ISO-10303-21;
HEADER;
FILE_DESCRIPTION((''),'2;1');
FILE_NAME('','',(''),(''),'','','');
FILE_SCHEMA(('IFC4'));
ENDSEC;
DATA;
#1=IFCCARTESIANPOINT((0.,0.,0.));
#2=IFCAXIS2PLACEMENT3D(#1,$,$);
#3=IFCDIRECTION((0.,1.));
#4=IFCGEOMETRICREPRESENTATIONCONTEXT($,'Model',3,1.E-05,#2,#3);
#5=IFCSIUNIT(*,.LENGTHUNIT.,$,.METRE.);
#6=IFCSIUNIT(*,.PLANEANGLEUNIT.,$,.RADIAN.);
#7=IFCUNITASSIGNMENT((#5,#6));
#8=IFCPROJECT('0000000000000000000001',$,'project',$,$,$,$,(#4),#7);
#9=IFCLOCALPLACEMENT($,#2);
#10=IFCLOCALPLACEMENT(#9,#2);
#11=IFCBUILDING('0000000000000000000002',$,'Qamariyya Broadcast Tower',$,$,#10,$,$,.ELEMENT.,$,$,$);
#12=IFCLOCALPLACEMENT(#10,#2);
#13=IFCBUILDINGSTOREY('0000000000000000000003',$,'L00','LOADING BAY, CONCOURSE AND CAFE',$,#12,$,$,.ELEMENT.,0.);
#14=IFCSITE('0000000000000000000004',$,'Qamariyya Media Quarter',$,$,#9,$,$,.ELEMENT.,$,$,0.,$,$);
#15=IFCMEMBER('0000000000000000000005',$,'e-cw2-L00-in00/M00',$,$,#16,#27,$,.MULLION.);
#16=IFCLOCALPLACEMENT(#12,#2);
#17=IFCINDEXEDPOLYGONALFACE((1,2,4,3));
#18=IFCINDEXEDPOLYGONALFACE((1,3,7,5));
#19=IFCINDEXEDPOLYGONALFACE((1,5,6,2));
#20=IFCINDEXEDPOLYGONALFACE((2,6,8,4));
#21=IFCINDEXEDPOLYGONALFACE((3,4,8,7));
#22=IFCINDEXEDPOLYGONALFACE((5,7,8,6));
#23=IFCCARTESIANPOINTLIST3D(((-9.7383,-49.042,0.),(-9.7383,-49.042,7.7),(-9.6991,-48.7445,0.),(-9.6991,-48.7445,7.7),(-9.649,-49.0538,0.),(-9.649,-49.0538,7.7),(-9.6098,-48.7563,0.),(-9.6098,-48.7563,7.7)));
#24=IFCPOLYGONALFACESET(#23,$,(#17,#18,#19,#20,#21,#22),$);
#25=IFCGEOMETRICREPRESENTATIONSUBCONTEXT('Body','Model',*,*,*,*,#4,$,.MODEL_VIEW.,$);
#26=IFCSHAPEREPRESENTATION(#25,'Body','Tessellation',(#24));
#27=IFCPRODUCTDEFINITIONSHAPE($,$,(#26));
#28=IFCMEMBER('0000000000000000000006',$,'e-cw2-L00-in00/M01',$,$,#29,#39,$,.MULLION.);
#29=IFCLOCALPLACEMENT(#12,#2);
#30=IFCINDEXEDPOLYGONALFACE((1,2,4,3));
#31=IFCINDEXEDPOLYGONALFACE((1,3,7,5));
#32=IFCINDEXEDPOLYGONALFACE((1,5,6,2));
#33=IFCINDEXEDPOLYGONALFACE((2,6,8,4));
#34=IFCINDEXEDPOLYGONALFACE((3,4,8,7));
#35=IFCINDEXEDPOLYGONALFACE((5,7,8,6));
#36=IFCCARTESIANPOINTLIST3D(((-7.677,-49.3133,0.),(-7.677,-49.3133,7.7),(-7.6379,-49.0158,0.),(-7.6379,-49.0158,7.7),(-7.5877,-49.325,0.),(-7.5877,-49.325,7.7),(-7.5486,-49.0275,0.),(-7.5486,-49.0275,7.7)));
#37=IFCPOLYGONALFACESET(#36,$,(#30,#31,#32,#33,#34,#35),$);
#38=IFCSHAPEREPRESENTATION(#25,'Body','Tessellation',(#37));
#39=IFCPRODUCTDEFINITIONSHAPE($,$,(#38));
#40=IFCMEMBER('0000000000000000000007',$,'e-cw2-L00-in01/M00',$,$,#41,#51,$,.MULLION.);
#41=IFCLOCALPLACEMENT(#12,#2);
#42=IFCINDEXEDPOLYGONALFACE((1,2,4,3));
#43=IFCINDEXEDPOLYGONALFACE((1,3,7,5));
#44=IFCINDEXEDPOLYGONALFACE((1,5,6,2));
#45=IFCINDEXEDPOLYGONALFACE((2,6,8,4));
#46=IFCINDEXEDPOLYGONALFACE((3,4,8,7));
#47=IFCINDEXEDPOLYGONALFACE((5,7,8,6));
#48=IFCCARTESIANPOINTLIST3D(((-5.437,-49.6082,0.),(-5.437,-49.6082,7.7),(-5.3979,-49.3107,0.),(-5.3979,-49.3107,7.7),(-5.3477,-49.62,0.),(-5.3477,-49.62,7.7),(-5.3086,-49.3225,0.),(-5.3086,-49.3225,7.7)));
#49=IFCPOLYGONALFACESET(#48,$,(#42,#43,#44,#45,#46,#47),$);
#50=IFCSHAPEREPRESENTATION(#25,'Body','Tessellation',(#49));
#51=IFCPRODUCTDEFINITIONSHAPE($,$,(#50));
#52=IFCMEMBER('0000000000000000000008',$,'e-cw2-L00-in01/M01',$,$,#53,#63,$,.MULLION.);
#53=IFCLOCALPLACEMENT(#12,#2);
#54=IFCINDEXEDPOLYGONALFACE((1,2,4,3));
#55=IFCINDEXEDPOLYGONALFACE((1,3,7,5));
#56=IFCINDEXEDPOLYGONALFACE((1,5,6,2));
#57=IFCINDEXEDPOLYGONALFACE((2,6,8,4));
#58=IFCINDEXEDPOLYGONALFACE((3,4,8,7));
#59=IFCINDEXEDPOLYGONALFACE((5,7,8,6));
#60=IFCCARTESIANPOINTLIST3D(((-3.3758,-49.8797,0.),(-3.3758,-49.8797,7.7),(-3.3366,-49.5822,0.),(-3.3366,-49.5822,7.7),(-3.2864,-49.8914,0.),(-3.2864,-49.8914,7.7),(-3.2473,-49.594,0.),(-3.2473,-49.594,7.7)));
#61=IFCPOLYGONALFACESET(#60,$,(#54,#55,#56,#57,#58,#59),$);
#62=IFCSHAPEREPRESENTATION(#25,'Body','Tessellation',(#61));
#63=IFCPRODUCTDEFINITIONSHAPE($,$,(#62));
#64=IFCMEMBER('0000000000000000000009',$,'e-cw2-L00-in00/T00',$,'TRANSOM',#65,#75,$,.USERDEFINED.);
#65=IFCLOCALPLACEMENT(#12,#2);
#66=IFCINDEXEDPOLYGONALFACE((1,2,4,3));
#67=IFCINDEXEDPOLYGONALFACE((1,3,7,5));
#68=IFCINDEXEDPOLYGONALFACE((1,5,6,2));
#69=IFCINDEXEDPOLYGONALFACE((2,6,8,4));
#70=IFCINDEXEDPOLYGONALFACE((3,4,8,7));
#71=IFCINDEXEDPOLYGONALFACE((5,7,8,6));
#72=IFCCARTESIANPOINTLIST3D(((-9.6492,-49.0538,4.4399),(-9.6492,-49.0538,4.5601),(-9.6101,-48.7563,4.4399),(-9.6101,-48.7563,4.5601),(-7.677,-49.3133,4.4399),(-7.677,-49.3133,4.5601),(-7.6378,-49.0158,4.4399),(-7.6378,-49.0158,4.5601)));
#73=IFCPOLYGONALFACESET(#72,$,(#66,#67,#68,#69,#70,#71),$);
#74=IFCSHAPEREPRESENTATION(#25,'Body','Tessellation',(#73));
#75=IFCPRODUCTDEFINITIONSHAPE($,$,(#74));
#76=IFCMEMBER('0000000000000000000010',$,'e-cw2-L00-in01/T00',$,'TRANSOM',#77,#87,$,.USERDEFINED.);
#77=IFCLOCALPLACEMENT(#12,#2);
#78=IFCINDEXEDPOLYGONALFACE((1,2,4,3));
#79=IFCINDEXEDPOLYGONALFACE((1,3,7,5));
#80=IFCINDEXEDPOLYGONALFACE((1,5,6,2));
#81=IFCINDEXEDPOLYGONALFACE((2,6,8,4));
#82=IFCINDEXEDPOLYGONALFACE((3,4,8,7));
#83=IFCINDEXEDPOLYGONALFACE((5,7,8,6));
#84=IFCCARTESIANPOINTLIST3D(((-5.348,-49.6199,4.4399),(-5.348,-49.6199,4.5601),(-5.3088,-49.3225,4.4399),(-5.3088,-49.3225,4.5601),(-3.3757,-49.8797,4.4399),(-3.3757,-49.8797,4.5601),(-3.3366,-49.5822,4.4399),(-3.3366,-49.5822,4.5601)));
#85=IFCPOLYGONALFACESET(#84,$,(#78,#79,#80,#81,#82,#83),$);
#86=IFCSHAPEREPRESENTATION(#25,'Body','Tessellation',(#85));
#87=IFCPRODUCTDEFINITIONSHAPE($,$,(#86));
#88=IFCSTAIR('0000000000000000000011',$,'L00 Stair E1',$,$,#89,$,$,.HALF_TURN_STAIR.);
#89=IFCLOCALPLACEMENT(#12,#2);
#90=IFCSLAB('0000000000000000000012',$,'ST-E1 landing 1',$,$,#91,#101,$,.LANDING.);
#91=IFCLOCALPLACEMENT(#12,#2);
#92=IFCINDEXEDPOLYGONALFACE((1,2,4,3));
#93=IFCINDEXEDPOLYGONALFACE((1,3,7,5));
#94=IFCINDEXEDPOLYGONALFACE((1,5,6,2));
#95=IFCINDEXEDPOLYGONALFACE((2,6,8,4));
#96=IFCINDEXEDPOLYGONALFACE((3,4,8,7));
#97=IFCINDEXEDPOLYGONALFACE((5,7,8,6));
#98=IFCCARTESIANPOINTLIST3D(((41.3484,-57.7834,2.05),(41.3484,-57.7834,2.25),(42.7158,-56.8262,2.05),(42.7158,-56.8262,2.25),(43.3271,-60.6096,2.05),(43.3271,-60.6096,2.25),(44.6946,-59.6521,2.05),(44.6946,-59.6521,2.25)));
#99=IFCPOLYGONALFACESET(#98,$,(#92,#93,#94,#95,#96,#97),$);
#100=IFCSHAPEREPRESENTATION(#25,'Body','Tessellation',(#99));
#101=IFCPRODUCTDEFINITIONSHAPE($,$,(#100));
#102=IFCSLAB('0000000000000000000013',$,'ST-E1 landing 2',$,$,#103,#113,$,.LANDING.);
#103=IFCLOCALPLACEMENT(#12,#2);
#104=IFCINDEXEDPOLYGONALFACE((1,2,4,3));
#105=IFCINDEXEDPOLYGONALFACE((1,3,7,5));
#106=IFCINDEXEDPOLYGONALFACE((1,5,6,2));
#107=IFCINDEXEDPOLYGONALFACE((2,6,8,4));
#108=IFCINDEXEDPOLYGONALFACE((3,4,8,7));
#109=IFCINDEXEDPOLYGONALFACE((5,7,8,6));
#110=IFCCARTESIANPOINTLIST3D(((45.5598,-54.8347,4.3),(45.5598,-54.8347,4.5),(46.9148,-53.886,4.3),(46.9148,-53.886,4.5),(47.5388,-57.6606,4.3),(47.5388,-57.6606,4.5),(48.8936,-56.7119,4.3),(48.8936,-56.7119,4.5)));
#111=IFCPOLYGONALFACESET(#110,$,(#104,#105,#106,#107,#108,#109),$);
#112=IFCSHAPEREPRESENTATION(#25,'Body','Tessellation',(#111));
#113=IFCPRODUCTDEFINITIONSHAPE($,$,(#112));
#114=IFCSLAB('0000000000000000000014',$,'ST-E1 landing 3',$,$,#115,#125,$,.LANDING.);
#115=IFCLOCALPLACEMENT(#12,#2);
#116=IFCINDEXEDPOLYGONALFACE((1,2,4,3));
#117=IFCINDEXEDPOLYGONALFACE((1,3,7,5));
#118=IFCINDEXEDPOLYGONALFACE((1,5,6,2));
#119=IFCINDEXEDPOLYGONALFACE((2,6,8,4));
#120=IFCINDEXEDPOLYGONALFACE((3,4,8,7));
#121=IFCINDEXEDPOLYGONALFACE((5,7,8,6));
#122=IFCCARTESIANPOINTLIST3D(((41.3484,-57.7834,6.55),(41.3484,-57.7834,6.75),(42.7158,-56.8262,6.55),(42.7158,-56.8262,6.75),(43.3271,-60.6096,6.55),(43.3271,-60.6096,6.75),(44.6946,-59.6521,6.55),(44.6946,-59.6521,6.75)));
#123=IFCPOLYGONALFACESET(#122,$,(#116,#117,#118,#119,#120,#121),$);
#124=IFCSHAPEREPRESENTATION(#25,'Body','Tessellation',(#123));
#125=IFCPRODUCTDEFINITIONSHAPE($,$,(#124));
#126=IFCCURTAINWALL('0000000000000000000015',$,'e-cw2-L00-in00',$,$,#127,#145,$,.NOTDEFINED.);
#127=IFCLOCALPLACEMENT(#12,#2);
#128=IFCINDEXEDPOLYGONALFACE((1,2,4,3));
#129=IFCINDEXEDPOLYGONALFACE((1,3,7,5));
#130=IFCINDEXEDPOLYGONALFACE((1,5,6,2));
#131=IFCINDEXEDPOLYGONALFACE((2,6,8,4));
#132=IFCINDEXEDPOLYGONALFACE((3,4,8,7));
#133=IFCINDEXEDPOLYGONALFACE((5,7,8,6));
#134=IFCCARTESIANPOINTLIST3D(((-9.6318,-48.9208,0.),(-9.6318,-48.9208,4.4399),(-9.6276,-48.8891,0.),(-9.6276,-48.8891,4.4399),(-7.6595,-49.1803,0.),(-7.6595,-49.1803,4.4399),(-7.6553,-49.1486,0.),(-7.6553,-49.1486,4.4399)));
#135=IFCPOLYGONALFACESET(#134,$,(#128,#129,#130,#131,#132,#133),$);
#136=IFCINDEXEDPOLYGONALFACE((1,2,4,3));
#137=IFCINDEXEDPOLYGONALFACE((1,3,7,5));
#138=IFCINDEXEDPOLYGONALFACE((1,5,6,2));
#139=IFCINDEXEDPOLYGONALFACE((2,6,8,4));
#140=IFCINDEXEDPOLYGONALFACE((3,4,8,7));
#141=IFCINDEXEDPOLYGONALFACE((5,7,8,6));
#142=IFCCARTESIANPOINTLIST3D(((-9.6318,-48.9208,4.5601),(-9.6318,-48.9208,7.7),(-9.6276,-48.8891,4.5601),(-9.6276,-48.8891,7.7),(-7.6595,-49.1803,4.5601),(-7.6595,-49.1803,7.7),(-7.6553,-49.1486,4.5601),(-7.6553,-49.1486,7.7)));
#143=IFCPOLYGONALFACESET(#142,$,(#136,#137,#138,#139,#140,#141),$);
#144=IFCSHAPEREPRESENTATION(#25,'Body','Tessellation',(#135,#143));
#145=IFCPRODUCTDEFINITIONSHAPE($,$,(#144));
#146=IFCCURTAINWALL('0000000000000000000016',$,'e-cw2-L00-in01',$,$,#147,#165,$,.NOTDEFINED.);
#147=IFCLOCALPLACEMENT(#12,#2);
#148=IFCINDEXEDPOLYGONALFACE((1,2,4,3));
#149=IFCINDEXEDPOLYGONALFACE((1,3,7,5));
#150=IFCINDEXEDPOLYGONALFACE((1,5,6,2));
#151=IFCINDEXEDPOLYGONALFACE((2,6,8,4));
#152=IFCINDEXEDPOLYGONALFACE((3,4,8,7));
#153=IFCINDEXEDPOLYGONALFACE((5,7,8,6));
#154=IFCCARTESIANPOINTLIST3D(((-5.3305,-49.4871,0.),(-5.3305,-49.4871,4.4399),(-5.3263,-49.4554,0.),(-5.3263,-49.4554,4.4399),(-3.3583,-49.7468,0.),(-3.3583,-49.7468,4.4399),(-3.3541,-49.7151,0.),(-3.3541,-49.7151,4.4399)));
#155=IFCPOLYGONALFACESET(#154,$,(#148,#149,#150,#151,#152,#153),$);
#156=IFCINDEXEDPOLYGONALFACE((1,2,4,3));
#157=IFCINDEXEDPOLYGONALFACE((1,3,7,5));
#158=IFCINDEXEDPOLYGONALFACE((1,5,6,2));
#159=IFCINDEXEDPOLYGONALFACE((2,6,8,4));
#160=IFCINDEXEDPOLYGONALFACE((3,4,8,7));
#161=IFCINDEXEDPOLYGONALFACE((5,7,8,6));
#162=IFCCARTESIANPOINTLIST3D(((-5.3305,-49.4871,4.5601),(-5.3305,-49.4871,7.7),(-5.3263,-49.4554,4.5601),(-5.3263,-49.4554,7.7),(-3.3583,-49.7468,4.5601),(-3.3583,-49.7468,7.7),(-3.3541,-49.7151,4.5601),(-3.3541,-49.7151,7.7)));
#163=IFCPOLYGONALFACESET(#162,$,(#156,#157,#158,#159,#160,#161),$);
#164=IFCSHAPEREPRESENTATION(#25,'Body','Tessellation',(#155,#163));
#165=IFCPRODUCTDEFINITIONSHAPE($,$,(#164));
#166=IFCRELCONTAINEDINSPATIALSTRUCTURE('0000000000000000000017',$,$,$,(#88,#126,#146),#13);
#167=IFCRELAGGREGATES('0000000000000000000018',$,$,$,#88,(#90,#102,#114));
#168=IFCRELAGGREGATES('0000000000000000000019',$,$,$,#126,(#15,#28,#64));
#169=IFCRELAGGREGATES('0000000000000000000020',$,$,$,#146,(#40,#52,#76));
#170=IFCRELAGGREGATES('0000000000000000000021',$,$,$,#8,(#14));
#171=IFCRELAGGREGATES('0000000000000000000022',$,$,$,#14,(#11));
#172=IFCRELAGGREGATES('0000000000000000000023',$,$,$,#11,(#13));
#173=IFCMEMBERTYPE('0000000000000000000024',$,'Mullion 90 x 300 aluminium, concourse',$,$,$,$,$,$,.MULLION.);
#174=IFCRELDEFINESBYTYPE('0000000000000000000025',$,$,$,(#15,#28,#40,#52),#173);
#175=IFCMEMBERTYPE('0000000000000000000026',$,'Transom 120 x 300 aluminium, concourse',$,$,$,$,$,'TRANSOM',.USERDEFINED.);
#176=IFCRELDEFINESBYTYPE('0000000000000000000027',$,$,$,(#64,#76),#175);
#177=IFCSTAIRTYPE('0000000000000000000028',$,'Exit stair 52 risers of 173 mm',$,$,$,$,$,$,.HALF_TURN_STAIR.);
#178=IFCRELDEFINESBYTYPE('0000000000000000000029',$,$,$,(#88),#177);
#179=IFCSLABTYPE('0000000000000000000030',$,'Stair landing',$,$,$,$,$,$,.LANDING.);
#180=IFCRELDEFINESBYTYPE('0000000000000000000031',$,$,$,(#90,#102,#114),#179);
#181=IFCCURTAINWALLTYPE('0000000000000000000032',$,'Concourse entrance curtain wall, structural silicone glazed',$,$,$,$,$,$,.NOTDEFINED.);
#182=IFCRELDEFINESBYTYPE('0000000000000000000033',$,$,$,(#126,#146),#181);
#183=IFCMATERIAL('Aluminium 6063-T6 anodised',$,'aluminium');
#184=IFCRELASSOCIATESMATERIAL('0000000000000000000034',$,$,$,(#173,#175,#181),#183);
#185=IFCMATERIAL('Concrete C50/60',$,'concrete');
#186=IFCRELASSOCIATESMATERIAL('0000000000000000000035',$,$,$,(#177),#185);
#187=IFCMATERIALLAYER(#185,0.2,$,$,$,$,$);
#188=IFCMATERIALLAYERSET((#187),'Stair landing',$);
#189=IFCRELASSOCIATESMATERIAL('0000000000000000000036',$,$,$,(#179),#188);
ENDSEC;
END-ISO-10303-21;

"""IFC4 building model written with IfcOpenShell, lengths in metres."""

from ifc_helpers import new_model, si_unit, direction, frame, origin, origin_2d, place, context, subcontext, project, spatial, polyline, rectangle, outline, extrude, material, layer, layer_set, material_profile, profile_set, type_object, element, aggregate, save


model = new_model("IFC4")

# Units and contexts
model_context = context("Model", 3, precision=1e-05, world=origin(), true_north=direction((0.0, 1.0)))
body_context = subcontext(model_context, "Body", "Model", "MODEL_VIEW")
ifc_project = project(units=[si_unit("LENGTHUNIT", "METRE"), si_unit("PLANEANGLEUNIT", "RADIAN")], contexts=[model_context])

# Members
ifc_material_1 = material(Name="Aluminium 6063-T6 anodised", Category="aluminium")
site_placement = place(None, origin())
building_placement = place(site_placement, origin())
storey_placement = place(building_placement, origin())
ifc_material_profile_1 = material_profile(ifc_material_1, rectangle(XDim=0.3, YDim=0.0901, at=origin_2d()))
ifc_profile_set_1 = profile_set([ifc_material_profile_1], Name="Aluminium 6063-T6 anodised")
member_type_1 = type_object("IfcMemberType", Name="Mullion 90 x 300 aluminium, concourse", PredefinedType="MULLION", material=ifc_profile_set_1)
member_1_placement = place(storey_placement, frame((-9.6741, -48.8992, 0.0), z_axis=(0.0, 0.0, 1.0), x_axis=(0.130526, 0.991445, 0.0)))
member_1 = element("IfcMember", 1, at=member_1_placement, type_object=member_type_1, Name="e-cw2-L00-in00/M00", PredefinedType="MULLION", context=body_context, shape_type="SweptSolid", body=[
    extrude(rectangle(XDim=0.3, YDim=0.0901, at=origin_2d()), origin(), (0.0, 0.0, 1.0), 7.7),
])
member_2_placement = place(storey_placement, frame((-7.6128, -49.1704, 0.0), z_axis=(0.0, 0.0, 1.0), x_axis=(0.130526, 0.991445, 0.0)))
member_2 = element("IfcMember", 2, at=member_2_placement, type_object=member_type_1, Name="e-cw2-L00-in00/M01", PredefinedType="MULLION", context=body_context, shape_type="SweptSolid", body=[
    extrude(rectangle(XDim=0.3, YDim=0.0901, at=origin_2d()), origin(), (0.0, 0.0, 1.0), 7.7),
])
member_3_placement = place(storey_placement, frame((-5.3728, -49.4653, 0.0), z_axis=(0.0, 0.0, 1.0), x_axis=(0.130526, 0.991445, 0.0)))
member_3 = element("IfcMember", 3, at=member_3_placement, type_object=member_type_1, Name="e-cw2-L00-in01/M00", PredefinedType="MULLION", context=body_context, shape_type="SweptSolid", body=[
    extrude(rectangle(XDim=0.3, YDim=0.0901, at=origin_2d()), origin(), (0.0, 0.0, 1.0), 7.7),
])
member_4_placement = place(storey_placement, frame((-3.3115, -49.7368, 0.0), z_axis=(0.0, 0.0, 1.0), x_axis=(0.130526, 0.991445, 0.0)))
member_4 = element("IfcMember", 4, at=member_4_placement, type_object=member_type_1, Name="e-cw2-L00-in01/M01", PredefinedType="MULLION", context=body_context, shape_type="SweptSolid", body=[
    extrude(rectangle(XDim=0.3, YDim=0.0901, at=origin_2d()), origin(), (0.0, 0.0, 1.0), 7.7),
])
ifc_material_profile_2 = material_profile(ifc_material_1, rectangle(XDim=0.3, YDim=0.1201, at=origin_2d()))
ifc_profile_set_2 = profile_set([ifc_material_profile_2], Name="Aluminium 6063-T6 anodised")
member_type_2 = type_object("IfcMemberType", Name="Transom 120 x 300 aluminium, concourse", ElementType="TRANSOM", PredefinedType="USERDEFINED", material=ifc_profile_set_2)
member_5_placement = place(storey_placement, frame((-9.6296, -48.905, 4.5), z_axis=(0.991453, -0.130467, 0.0), x_axis=(0.130467, 0.991453, 0.0)))
member_5 = element("IfcMember", 5, at=member_5_placement, type_object=member_type_2, Name="e-cw2-L00-in00/T00", ObjectType="TRANSOM", PredefinedType="USERDEFINED", context=body_context, shape_type="SweptSolid", body=[
    extrude(rectangle(XDim=0.3, YDim=0.1201, at=origin_2d()), origin(), (0.0, 0.0, 1.0), 1.9893),
])
member_6_placement = place(storey_placement, frame((-5.3284, -49.4712, 4.5), z_axis=(0.991437, -0.130588, 0.0), x_axis=(0.130588, 0.991437, 0.0)))
member_6 = element("IfcMember", 6, at=member_6_placement, type_object=member_type_2, Name="e-cw2-L00-in01/T00", ObjectType="TRANSOM", PredefinedType="USERDEFINED", context=body_context, shape_type="SweptSolid", body=[
    extrude(rectangle(XDim=0.3, YDim=0.1201, at=origin_2d()), origin(), (0.0, 0.0, 1.0), 1.9893),
])

# Site, building, storey
site = spatial("IfcSite", under=ifc_project, at=site_placement, Name="Qamariyya Media Quarter", CompositionType="ELEMENT", RefElevation=0.0)
building = spatial("IfcBuilding", under=site, at=building_placement, Name="Qamariyya Broadcast Tower", CompositionType="ELEMENT")
storey = spatial("IfcBuildingStorey", under=building, at=storey_placement, Name="L00", Description="LOADING BAY, CONCOURSE AND CAFE", CompositionType="ELEMENT", Elevation=0.0)

# Stair, slabs
ifc_material_2 = material(Name="Concrete C50/60", Category="concrete")
stair_type = type_object("IfcStairType", Name="Exit stair 52 risers of 173 mm", PredefinedType="HALF_TURN_STAIR", material=ifc_material_2)
stair_placement = place(storey_placement, origin())
stair = element("IfcStair", 7, at=stair_placement, inside=storey, type_object=stair_type, Name="L00 Stair E1", PredefinedType="HALF_TURN_STAIR")
ifc_layer = layer(ifc_material_2, 0.2)
ifc_layer_set = layer_set([ifc_layer], Name="Stair landing")
slab_type = type_object("IfcSlabType", Name="Stair landing", PredefinedType="LANDING", material=ifc_layer_set)
slab_1_placement = place(storey_placement, frame((0.0, 0.0, 2.05)))
slab_1 = element("IfcSlab", 8, at=slab_1_placement, type_object=slab_type, Name="ST-E1 landing 1", PredefinedType="LANDING", context=body_context, shape_type="SweptSolid", body=[
    extrude(outline(polyline([(42.7158, -56.8262), (41.3484, -57.7834), (43.3271, -60.6096), (44.6946, -59.6521), (42.7158, -56.8262)])), origin(), (0.0, 0.0, 1.0), 0.2),
])
slab_2_placement = place(storey_placement, frame((0.0, 0.0, 4.3)))
slab_2 = element("IfcSlab", 9, at=slab_2_placement, type_object=slab_type, Name="ST-E1 landing 2", PredefinedType="LANDING", context=body_context, shape_type="SweptSolid", body=[
    extrude(outline(polyline([(46.9148, -53.886), (45.5598, -54.8347), (47.5388, -57.6606), (48.8936, -56.7119), (46.9148, -53.886)])), origin(), (0.0, 0.0, 1.0), 0.2),
])
slab_3_placement = place(storey_placement, frame((0.0, 0.0, 6.55)))
slab_3 = element("IfcSlab", 10, at=slab_3_placement, type_object=slab_type, Name="ST-E1 landing 3", PredefinedType="LANDING", context=body_context, shape_type="SweptSolid", body=[
    extrude(outline(polyline([(42.7158, -56.8262), (41.3484, -57.7834), (43.3271, -60.6096), (44.6946, -59.6521), (42.7158, -56.8262)])), origin(), (0.0, 0.0, 1.0), 0.2),
])
aggregate(stair, [slab_1, slab_2, slab_3])

# Curtain walls
curtain_wall_type_1 = type_object("IfcCurtainWallType", Name="Concourse entrance curtain wall, structural silicone glazed", PredefinedType="NOTDEFINED", material=ifc_material_1)
curtain_wall_1_placement = place(storey_placement, origin())
curtain_wall_1 = element("IfcCurtainWall", 11, at=curtain_wall_1_placement, inside=storey, type_object=curtain_wall_type_1, Name="e-cw2-L00-in00", PredefinedType="NOTDEFINED", context=body_context, shape_type="SweptSolid", body=[
    extrude(rectangle(XDim=1.9893, YDim=0.032, at=origin_2d()), frame((-8.6436, -49.0347, 0.0), x_axis=(0.991455, -0.130446, 0.0)), (0.0, 0.0, 1.0), 4.4399),
    extrude(rectangle(XDim=1.9893, YDim=0.032, at=origin_2d()), frame((-8.6436, -49.0347, 4.5601), x_axis=(0.991455, -0.130446, 0.0)), (0.0, 0.0, 1.0), 3.1399),
])
aggregate(curtain_wall_1, [member_1, member_2, member_5])
curtain_wall_2_placement = place(storey_placement, origin())
curtain_wall_2 = element("IfcCurtainWall", 12, at=curtain_wall_2_placement, inside=storey, type_object=curtain_wall_type_1, Name="e-cw2-L00-in01", PredefinedType="NOTDEFINED", context=body_context, shape_type="SweptSolid", body=[
    extrude(rectangle(XDim=1.9893, YDim=0.032, at=origin_2d()), frame((-4.3423, -49.6011, 0.0), x_axis=(0.991441, -0.130556, 0.0)), (0.0, 0.0, 1.0), 4.4399),
    extrude(rectangle(XDim=1.9893, YDim=0.032, at=origin_2d()), frame((-4.3423, -49.6011, 4.5601), x_axis=(0.991441, -0.130556, 0.0)), (0.0, 0.0, 1.0), 3.1399),
])
aggregate(curtain_wall_2, [member_3, member_4, member_6])

save(model, "model.ifc")
